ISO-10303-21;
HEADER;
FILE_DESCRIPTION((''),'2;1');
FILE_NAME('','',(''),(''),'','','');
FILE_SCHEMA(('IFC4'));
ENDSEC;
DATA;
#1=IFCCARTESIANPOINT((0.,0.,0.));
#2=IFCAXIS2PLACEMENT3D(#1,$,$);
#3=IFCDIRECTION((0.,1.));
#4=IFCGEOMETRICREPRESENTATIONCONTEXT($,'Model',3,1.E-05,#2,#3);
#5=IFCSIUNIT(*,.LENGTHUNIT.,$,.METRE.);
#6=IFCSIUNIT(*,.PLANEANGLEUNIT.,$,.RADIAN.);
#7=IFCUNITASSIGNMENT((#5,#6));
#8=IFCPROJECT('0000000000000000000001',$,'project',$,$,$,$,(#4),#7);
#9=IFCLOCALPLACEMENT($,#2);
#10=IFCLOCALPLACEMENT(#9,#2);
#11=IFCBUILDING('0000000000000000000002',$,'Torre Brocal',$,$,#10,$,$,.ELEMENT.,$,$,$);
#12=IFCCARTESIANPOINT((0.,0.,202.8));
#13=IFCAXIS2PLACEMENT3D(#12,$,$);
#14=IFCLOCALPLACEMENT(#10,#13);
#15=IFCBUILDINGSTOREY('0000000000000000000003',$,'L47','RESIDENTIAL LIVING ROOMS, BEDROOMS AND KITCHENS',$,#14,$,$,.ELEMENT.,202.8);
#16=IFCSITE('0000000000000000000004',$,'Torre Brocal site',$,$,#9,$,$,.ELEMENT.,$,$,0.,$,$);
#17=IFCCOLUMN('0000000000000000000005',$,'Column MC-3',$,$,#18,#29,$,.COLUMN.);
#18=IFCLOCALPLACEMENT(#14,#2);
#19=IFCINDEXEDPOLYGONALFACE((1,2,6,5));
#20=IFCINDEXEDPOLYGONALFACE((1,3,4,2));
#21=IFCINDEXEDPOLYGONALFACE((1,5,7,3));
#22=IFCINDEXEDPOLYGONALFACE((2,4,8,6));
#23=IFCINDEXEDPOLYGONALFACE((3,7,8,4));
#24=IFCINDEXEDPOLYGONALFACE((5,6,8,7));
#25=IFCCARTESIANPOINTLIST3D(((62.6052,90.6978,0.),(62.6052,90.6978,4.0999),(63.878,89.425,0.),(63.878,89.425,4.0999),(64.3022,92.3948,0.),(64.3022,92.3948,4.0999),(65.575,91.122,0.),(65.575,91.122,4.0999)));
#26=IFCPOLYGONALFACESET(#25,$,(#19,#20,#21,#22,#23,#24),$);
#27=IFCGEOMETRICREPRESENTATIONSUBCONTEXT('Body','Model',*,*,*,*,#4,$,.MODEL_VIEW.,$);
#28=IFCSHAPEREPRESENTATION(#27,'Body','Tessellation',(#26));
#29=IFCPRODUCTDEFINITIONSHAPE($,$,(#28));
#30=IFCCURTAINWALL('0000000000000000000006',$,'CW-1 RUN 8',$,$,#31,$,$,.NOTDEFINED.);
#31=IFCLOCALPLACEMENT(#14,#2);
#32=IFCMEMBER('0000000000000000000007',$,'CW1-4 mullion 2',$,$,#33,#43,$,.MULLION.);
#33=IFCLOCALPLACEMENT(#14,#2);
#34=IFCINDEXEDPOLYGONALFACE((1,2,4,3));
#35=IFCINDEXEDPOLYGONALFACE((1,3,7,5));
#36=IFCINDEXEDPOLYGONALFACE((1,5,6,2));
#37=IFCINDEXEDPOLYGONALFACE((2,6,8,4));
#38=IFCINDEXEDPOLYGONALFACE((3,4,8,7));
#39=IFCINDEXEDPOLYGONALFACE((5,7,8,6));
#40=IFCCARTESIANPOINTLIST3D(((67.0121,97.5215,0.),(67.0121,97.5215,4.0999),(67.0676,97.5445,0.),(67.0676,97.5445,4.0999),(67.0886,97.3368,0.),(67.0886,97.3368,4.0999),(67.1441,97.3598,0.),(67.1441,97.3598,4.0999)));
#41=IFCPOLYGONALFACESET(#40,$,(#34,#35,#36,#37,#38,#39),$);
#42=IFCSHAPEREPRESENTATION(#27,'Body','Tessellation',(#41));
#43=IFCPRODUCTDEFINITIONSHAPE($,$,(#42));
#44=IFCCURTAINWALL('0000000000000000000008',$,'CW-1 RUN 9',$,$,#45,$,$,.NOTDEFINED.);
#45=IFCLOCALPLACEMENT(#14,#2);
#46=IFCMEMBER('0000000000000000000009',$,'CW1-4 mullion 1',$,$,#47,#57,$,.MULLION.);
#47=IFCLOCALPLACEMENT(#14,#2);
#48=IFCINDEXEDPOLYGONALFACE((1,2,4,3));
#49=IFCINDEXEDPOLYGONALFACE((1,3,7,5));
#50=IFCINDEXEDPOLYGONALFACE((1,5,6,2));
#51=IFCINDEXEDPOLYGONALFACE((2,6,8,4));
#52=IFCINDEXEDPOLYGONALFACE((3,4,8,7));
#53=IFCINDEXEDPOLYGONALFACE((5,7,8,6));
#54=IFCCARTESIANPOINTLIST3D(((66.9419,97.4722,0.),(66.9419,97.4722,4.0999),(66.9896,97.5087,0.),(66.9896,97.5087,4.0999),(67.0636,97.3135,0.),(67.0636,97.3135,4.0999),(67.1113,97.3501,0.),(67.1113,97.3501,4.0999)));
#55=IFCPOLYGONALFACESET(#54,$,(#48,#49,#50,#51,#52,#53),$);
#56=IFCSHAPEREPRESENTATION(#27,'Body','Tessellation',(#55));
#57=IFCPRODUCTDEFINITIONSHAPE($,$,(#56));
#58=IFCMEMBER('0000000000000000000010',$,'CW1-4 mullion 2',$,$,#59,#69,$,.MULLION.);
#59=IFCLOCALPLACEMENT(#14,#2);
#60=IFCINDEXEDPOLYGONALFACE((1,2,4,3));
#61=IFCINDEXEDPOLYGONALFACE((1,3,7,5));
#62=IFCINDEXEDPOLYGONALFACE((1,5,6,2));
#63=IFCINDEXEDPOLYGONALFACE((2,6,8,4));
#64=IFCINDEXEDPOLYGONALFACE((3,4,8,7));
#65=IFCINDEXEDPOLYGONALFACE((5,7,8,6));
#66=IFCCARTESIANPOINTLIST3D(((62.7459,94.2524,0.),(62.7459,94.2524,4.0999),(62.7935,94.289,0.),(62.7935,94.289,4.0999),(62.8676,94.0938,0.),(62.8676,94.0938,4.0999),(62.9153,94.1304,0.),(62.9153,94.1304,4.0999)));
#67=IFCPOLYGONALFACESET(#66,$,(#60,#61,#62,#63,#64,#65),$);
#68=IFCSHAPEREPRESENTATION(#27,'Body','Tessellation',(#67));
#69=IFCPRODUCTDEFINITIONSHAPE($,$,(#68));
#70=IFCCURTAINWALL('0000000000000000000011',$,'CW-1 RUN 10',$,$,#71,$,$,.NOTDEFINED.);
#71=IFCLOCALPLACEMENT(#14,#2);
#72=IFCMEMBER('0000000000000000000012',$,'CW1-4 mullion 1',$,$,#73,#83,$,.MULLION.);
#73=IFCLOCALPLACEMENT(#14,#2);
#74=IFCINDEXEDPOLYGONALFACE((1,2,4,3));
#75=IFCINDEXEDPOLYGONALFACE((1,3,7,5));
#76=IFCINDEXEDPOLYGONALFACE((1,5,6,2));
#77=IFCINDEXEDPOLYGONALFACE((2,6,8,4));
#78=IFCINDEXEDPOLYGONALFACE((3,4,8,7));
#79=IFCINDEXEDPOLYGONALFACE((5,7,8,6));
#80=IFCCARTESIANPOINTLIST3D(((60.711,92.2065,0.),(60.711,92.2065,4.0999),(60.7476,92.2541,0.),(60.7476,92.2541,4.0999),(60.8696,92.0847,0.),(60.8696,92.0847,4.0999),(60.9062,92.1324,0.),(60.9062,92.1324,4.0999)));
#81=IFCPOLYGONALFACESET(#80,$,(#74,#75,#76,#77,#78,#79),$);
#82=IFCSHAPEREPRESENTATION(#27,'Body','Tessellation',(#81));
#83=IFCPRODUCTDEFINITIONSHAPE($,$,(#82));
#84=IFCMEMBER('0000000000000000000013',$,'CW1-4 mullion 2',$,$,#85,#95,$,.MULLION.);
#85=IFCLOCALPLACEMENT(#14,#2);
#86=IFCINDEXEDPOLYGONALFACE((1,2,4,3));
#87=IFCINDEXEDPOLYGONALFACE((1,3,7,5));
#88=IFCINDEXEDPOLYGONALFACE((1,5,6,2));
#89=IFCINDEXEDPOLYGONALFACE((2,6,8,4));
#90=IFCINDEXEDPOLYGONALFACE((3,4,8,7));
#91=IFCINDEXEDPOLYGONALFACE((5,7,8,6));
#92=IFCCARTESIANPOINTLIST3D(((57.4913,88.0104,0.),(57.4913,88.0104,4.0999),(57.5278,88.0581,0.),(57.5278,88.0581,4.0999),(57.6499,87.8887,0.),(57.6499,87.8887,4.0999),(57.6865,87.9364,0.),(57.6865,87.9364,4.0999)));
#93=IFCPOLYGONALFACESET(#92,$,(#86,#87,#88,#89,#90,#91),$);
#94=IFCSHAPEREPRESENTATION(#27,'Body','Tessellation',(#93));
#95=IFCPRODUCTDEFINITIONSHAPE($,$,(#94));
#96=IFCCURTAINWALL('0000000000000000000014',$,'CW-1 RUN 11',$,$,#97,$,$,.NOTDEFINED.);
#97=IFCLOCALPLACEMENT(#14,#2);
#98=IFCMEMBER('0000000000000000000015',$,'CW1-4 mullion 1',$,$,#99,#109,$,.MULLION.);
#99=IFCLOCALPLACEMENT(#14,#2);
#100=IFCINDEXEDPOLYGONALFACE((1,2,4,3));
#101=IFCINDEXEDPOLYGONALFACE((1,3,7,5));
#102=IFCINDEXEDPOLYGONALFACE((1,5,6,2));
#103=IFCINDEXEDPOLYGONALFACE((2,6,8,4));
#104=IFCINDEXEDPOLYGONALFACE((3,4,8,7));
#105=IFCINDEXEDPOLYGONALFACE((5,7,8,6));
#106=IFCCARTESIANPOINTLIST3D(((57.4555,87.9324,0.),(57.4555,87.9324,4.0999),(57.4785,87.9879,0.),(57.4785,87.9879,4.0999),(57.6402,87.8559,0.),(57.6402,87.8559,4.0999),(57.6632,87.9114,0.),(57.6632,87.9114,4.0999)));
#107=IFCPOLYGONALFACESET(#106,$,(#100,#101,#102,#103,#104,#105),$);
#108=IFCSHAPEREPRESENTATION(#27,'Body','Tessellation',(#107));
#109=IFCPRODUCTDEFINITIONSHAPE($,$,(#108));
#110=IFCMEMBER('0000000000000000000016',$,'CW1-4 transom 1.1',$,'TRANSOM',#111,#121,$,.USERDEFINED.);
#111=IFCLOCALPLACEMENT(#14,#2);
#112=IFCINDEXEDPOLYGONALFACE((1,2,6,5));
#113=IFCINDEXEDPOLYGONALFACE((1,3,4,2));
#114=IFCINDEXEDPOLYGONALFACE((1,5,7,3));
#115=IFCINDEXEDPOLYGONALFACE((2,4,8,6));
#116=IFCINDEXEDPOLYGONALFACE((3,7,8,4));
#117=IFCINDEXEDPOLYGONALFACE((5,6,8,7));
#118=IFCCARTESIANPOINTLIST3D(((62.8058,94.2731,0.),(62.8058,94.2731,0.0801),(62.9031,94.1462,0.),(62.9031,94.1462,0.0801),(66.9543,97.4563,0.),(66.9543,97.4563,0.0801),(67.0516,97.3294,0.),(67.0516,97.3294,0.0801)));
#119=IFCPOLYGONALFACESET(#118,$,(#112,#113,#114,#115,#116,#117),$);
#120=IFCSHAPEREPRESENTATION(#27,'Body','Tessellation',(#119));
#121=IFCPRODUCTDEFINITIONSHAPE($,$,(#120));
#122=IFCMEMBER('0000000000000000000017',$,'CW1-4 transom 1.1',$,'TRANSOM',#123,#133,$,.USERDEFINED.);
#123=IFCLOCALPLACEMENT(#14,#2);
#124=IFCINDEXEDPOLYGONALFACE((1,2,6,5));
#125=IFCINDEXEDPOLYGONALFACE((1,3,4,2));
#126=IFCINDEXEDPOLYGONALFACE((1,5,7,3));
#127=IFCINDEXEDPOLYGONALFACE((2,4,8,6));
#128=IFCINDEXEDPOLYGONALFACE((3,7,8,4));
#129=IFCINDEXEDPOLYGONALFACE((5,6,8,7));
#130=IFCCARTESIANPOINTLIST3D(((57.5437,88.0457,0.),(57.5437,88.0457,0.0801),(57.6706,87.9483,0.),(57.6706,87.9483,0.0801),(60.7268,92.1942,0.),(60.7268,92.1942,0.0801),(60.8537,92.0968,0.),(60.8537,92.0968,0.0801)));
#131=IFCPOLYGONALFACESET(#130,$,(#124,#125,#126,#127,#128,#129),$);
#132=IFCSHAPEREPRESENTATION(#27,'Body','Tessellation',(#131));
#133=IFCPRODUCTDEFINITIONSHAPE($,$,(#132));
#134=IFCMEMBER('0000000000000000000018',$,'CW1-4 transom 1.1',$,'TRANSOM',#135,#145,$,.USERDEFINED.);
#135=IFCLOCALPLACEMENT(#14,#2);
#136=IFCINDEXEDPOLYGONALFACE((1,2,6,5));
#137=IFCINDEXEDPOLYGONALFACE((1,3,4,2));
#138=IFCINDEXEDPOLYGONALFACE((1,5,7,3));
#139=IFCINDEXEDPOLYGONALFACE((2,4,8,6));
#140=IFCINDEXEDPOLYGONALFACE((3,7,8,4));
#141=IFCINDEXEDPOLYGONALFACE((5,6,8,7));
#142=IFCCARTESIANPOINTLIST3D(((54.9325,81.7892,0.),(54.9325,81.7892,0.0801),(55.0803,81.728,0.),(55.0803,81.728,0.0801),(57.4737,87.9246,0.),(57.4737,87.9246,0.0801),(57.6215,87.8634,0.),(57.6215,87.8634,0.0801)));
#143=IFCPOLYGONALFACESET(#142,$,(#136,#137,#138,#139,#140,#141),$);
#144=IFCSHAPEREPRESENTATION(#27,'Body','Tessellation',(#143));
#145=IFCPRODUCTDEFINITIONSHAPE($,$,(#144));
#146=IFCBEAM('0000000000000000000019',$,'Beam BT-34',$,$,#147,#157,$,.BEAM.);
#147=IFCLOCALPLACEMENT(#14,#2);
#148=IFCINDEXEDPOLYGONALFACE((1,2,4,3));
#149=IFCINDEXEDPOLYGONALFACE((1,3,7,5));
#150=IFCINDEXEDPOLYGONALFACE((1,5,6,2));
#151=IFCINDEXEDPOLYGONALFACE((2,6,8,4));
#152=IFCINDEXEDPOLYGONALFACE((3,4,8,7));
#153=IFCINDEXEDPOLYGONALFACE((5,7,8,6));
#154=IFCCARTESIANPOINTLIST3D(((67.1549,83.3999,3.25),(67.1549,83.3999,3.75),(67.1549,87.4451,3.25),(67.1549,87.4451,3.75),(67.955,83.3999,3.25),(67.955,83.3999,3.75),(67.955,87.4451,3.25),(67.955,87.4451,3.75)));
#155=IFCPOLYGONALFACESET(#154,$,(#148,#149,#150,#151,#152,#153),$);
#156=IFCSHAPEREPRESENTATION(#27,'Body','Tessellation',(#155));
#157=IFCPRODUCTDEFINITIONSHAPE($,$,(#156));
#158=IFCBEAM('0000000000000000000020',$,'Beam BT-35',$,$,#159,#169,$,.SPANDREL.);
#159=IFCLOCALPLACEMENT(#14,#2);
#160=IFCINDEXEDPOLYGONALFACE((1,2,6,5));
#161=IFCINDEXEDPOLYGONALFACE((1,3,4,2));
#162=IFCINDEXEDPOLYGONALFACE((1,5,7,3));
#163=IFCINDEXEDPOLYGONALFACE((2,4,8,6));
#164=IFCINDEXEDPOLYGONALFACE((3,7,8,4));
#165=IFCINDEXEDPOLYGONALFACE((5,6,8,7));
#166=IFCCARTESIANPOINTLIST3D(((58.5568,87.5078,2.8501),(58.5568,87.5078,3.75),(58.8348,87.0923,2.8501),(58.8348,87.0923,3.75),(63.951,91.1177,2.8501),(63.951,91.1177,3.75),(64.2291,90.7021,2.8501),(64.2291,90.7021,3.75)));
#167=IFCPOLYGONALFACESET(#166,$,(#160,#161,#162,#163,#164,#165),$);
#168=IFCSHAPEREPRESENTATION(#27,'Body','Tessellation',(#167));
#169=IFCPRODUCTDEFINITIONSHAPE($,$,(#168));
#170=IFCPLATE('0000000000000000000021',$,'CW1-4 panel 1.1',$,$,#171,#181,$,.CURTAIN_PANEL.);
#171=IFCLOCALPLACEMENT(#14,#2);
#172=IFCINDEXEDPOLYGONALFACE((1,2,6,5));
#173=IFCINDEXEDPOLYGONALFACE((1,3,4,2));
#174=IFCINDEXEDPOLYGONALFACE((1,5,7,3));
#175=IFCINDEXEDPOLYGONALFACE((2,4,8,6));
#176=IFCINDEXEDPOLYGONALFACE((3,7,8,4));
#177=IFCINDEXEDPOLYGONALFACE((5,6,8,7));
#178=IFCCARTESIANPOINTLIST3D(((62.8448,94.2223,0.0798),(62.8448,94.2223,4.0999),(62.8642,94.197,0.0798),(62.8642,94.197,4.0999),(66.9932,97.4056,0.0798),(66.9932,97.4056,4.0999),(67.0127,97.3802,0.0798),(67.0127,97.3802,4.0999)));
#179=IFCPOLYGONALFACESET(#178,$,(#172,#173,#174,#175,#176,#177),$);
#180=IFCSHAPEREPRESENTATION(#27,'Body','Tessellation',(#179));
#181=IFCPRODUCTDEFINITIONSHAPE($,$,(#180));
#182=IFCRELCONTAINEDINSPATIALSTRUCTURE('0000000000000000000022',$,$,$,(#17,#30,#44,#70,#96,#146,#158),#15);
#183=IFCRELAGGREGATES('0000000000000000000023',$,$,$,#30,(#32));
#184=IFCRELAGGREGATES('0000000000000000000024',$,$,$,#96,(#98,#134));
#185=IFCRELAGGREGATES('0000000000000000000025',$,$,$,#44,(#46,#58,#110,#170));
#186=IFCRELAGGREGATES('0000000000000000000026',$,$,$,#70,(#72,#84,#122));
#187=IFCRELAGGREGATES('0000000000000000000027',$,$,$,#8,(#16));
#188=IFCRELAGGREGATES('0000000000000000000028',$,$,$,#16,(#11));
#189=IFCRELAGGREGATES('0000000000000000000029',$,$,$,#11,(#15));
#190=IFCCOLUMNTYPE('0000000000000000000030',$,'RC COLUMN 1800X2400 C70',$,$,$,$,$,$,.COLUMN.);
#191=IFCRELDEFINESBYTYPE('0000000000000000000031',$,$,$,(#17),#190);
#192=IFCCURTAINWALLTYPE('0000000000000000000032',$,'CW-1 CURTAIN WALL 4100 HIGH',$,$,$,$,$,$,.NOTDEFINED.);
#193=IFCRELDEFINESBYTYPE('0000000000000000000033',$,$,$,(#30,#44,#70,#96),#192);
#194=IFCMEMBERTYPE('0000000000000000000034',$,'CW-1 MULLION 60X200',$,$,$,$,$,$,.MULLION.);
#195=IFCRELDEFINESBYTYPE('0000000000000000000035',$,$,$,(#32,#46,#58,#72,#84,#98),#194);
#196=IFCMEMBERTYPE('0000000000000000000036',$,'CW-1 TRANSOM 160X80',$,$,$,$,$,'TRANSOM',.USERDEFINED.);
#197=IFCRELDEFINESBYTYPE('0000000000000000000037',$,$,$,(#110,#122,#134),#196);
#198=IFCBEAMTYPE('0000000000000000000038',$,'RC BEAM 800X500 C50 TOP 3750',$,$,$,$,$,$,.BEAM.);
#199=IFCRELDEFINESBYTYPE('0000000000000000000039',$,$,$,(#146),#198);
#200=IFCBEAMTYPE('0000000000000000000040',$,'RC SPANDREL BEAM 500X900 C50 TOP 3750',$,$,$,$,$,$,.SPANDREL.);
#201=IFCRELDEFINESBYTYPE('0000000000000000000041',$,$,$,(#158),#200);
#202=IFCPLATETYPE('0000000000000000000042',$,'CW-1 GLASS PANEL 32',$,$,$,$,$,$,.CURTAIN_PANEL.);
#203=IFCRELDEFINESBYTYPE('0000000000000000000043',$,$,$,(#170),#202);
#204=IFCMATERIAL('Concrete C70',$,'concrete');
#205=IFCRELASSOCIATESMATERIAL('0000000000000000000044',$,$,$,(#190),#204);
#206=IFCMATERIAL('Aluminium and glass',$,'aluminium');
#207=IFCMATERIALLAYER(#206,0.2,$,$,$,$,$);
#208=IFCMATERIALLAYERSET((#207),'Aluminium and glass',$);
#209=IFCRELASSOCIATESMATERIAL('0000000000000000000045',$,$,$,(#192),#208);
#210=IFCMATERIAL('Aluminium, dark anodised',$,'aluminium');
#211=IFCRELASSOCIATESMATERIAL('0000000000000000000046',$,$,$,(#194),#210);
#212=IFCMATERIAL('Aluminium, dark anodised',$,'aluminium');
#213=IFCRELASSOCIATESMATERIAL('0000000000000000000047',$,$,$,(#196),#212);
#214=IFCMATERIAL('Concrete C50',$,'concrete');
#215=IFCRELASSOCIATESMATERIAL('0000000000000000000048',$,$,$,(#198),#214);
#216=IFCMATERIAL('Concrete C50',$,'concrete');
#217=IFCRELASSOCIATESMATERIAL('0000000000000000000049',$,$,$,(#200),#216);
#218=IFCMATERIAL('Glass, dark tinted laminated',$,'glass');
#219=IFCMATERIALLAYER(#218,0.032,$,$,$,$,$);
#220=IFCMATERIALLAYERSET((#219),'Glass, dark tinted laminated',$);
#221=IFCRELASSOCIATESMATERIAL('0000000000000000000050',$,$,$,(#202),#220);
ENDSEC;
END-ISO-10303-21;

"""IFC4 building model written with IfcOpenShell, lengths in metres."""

from ifc_helpers import new_model, si_unit, direction, frame, origin, origin_2d, place, context, subcontext, project, spatial, rectangle, extrude, material, layer, layer_set, material_profile, profile_set, type_object, element, aggregate, save


model = new_model("IFC4")

# Units and contexts
model_context = context("Model", 3, precision=1e-05, world=origin(), true_north=direction((0.0, 1.0)))
body_context = subcontext(model_context, "Body", "Model", "MODEL_VIEW")
ifc_project = project(units=[si_unit("LENGTHUNIT", "METRE"), si_unit("PLANEANGLEUNIT", "RADIAN")], contexts=[model_context])

# Site, building, storey
site_placement = place(None, origin())
site = spatial("IfcSite", under=ifc_project, at=site_placement, Name="Torre Brocal site", CompositionType="ELEMENT", RefElevation=0.0)
building_placement = place(site_placement, origin())
building = spatial("IfcBuilding", under=site, at=building_placement, Name="Torre Brocal", CompositionType="ELEMENT")
storey_placement = place(building_placement, frame((0.0, 0.0, 202.8)))
storey = spatial("IfcBuildingStorey", under=building, at=storey_placement, Name="L47", Description="RESIDENTIAL LIVING ROOMS, BEDROOMS AND KITCHENS", CompositionType="ELEMENT", Elevation=202.8)

# Column
ifc_material_1 = material(Name="Concrete C70", Category="concrete")
ifc_material_profile_1 = material_profile(ifc_material_1, rectangle(XDim=1.8, YDim=2.3999, at=origin_2d()), Name="RC 1800X2400")
ifc_profile_set_1 = profile_set([ifc_material_profile_1], Name="Concrete C70")
column_type = type_object("IfcColumnType", Name="RC COLUMN 1800X2400 C70", PredefinedType="COLUMN", material=ifc_profile_set_1)
column_placement = place(storey_placement, frame((64.0901, 90.9099, 0.0), z_axis=(0.0, 0.0, 1.0), x_axis=(-0.707107, 0.707107, 0.0)))
element("IfcColumn", 1, at=column_placement, inside=storey, type_object=column_type, Name="Column MC-3", PredefinedType="COLUMN", context=body_context, shape_type="SweptSolid", body=[
    extrude(rectangle(XDim=1.8, YDim=2.3999, at=origin_2d()), origin(), (0.0, 0.0, 1.0), 4.0999),
])

# Curtain wall, member
ifc_material_2 = material(Name="Aluminium and glass", Category="aluminium")
ifc_layer_1 = layer(ifc_material_2, 0.2)
ifc_layer_set_1 = layer_set([ifc_layer_1], Name="Aluminium and glass")
curtain_wall_type = type_object("IfcCurtainWallType", Name="CW-1 CURTAIN WALL 4100 HIGH", PredefinedType="NOTDEFINED", material=ifc_layer_set_1)
curtain_wall_1_placement = place(storey_placement, origin())
curtain_wall_1 = element("IfcCurtainWall", 2, at=curtain_wall_1_placement, inside=storey, type_object=curtain_wall_type, Name="CW-1 RUN 8", PredefinedType="NOTDEFINED")
ifc_material_3 = material(Name="Aluminium, dark anodised", Category="aluminium")
ifc_material_profile_2 = material_profile(ifc_material_3, rectangle(XDim=0.2, YDim=0.0601, at=origin_2d()), Name="CW-1 MULLION 60X200")
ifc_profile_set_2 = profile_set([ifc_material_profile_2], Name="Aluminium, dark anodised")
member_type_1 = type_object("IfcMemberType", Name="CW-1 MULLION 60X200", PredefinedType="MULLION", material=ifc_profile_set_2)
member_1_placement = place(storey_placement, frame((67.0781, 97.4407, 0.0), z_axis=(0.0, 0.0, 1.0), x_axis=(0.382683, -0.92388, 0.0)))
member_1 = element("IfcMember", 3, at=member_1_placement, type_object=member_type_1, Name="CW1-4 mullion 2", PredefinedType="MULLION", context=body_context, shape_type="SweptSolid", body=[
    extrude(rectangle(XDim=0.2, YDim=0.0601, at=origin_2d()), origin(), (0.0, 0.0, 1.0), 4.0999),
])
aggregate(curtain_wall_1, [member_1])

# Curtain walls, members
curtain_wall_2_placement = place(storey_placement, origin())
curtain_wall_2 = element("IfcCurtainWall", 4, at=curtain_wall_2_placement, inside=storey, type_object=curtain_wall_type, Name="CW-1 RUN 9", PredefinedType="NOTDEFINED")
member_2_placement = place(storey_placement, frame((67.0266, 97.4111, 0.0), z_axis=(0.0, 0.0, 1.0), x_axis=(0.608761, -0.793353, 0.0)))
member_2 = element("IfcMember", 5, at=member_2_placement, type_object=member_type_1, Name="CW1-4 mullion 1", PredefinedType="MULLION", context=body_context, shape_type="SweptSolid", body=[
    extrude(rectangle(XDim=0.2, YDim=0.0601, at=origin_2d()), origin(), (0.0, 0.0, 1.0), 4.0999),
])
member_3_placement = place(storey_placement, frame((62.8306, 94.1914, 0.0), z_axis=(0.0, 0.0, 1.0), x_axis=(0.608761, -0.793353, 0.0)))
member_3 = element("IfcMember", 6, at=member_3_placement, type_object=member_type_1, Name="CW1-4 mullion 2", PredefinedType="MULLION", context=body_context, shape_type="SweptSolid", body=[
    extrude(rectangle(XDim=0.2, YDim=0.0601, at=origin_2d()), origin(), (0.0, 0.0, 1.0), 4.0999),
])
curtain_wall_3_placement = place(storey_placement, origin())
curtain_wall_3 = element("IfcCurtainWall", 7, at=curtain_wall_3_placement, inside=storey, type_object=curtain_wall_type, Name="CW-1 RUN 10", PredefinedType="NOTDEFINED")
member_4_placement = place(storey_placement, frame((60.8086, 92.1694, 0.0), z_axis=(0.0, 0.0, 1.0), x_axis=(0.793353, -0.608761, 0.0)))
member_4 = element("IfcMember", 8, at=member_4_placement, type_object=member_type_1, Name="CW1-4 mullion 1", PredefinedType="MULLION", context=body_context, shape_type="SweptSolid", body=[
    extrude(rectangle(XDim=0.2, YDim=0.0601, at=origin_2d()), origin(), (0.0, 0.0, 1.0), 4.0999),
])
member_5_placement = place(storey_placement, frame((57.5889, 87.9734, 0.0), z_axis=(0.0, 0.0, 1.0), x_axis=(0.793353, -0.608761, 0.0)))
member_5 = element("IfcMember", 9, at=member_5_placement, type_object=member_type_1, Name="CW1-4 mullion 2", PredefinedType="MULLION", context=body_context, shape_type="SweptSolid", body=[
    extrude(rectangle(XDim=0.2, YDim=0.0601, at=origin_2d()), origin(), (0.0, 0.0, 1.0), 4.0999),
])

# Curtain wall, member
curtain_wall_4_placement = place(storey_placement, origin())
curtain_wall_4 = element("IfcCurtainWall", 10, at=curtain_wall_4_placement, inside=storey, type_object=curtain_wall_type, Name="CW-1 RUN 11", PredefinedType="NOTDEFINED")
member_6_placement = place(storey_placement, frame((57.5593, 87.9219, 0.0), z_axis=(0.0, 0.0, 1.0), x_axis=(0.92388, -0.382683, 0.0)))
member_6 = element("IfcMember", 11, at=member_6_placement, type_object=member_type_1, Name="CW1-4 mullion 1", PredefinedType="MULLION", context=body_context, shape_type="SweptSolid", body=[
    extrude(rectangle(XDim=0.2, YDim=0.0601, at=origin_2d()), origin(), (0.0, 0.0, 1.0), 4.0999),
])

# Members
ifc_material_4 = material(Name="Aluminium, dark anodised", Category="aluminium")
ifc_material_profile_3 = material_profile(ifc_material_4, rectangle(XDim=0.1599, YDim=0.0801, at=origin_2d()), Name="CW-1 TRANSOM 160X80")
ifc_profile_set_3 = profile_set([ifc_material_profile_3], Name="Aluminium, dark anodised")
member_type_2 = type_object("IfcMemberType", Name="CW-1 TRANSOM 160X80", ElementType="TRANSOM", PredefinedType="USERDEFINED", material=ifc_profile_set_3)
member_7_placement = place(storey_placement, frame((67.0029, 97.3928, 0.04), z_axis=(-0.793363, -0.608749, 0.0), x_axis=(0.608749, -0.793363, 0.0)))
member_7 = element("IfcMember", 12, at=member_7_placement, type_object=member_type_2, Name="CW1-4 transom 1.1", ObjectType="TRANSOM", PredefinedType="USERDEFINED", context=body_context, shape_type="SweptSolid", body=[
    extrude(rectangle(XDim=0.1599, YDim=0.0801, at=origin_2d()), origin(), (0.0, 0.0, 1.0), 5.229),
])
member_8_placement = place(storey_placement, frame((60.7903, 92.1455, 0.04), z_axis=(-0.608749, -0.793363, 0.0), x_axis=(0.793363, -0.608749, 0.0)))
member_8 = element("IfcMember", 13, at=member_8_placement, type_object=member_type_2, Name="CW1-4 transom 1.1", ObjectType="TRANSOM", PredefinedType="USERDEFINED", context=body_context, shape_type="SweptSolid", body=[
    extrude(rectangle(XDim=0.1599, YDim=0.0801, at=origin_2d()), origin(), (0.0, 0.0, 1.0), 5.229),
])
member_9_placement = place(storey_placement, frame((57.5476, 87.894, 0.04), z_axis=(-0.382665, -0.923887, 0.0), x_axis=(0.923887, -0.382665, 0.0)))
member_9 = element("IfcMember", 14, at=member_9_placement, type_object=member_type_2, Name="CW1-4 transom 1.1", ObjectType="TRANSOM", PredefinedType="USERDEFINED", context=body_context, shape_type="SweptSolid", body=[
    extrude(rectangle(XDim=0.1599, YDim=0.0801, at=origin_2d()), origin(), (0.0, 0.0, 1.0), 6.6409),
])
aggregate(curtain_wall_4, [member_6, member_9])

# Beams
ifc_material_5 = material(Name="Concrete C50", Category="concrete")
ifc_material_profile_4 = material_profile(ifc_material_5, rectangle(XDim=0.8, YDim=0.5, at=origin_2d()), Name="RC 800X500")
ifc_profile_set_4 = profile_set([ifc_material_profile_4], Name="Concrete C50")
beam_type_1 = type_object("IfcBeamType", Name="RC BEAM 800X500 C50 TOP 3750", PredefinedType="BEAM", material=ifc_profile_set_4)
beam_1_placement = place(storey_placement, frame((67.5549, 87.4451, 3.5), z_axis=(0.0, -1.0, 0.0), x_axis=(1.0, 0.0, 0.0)))
element("IfcBeam", 15, at=beam_1_placement, inside=storey, type_object=beam_type_1, Name="Beam BT-34", PredefinedType="BEAM", context=body_context, shape_type="SweptSolid", body=[
    extrude(rectangle(XDim=0.8, YDim=0.5, at=origin_2d()), origin(), (0.0, 0.0, 1.0), 4.0452),
])
ifc_material_6 = material(Name="Concrete C50", Category="concrete")
ifc_material_profile_5 = material_profile(ifc_material_6, rectangle(XDim=0.5, YDim=0.8999, at=origin_2d()), Name="RC 500X900")
ifc_profile_set_5 = profile_set([ifc_material_profile_5], Name="Concrete C50")
beam_type_2 = type_object("IfcBeamType", Name="RC SPANDREL BEAM 500X900 C50 TOP 3750", PredefinedType="SPANDREL", material=ifc_profile_set_5)
beam_2_placement = place(storey_placement, frame((64.0901, 90.9099, 3.3), z_axis=(-0.831077, -0.556158, 0.0), x_axis=(0.556158, -0.831077, 0.0)))
element("IfcBeam", 16, at=beam_2_placement, inside=storey, type_object=beam_type_2, Name="Beam BT-35", PredefinedType="SPANDREL", context=body_context, shape_type="SweptSolid", body=[
    extrude(rectangle(XDim=0.5, YDim=0.8999, at=origin_2d()), origin(), (0.0, 0.0, 1.0), 6.4907),
])

# Plate
ifc_material_7 = material(Name="Glass, dark tinted laminated", Category="glass")
ifc_layer_2 = layer(ifc_material_7, 0.032)
ifc_layer_set_2 = layer_set([ifc_layer_2], Name="Glass, dark tinted laminated")
plate_type = type_object("IfcPlateType", Name="CW-1 GLASS PANEL 32", PredefinedType="CURTAIN_PANEL", material=ifc_layer_set_2)
plate_1_placement = place(storey_placement, frame((64.9287, 95.8013, 0.0798), z_axis=(0.0, 0.0, 1.0), x_axis=(-0.793353, -0.608761, 0.0)))
plate_1 = element("IfcPlate", 17, at=plate_1_placement, type_object=plate_type, Name="CW1-4 panel 1.1", PredefinedType="CURTAIN_PANEL", context=body_context, shape_type="SweptSolid", body=[
    extrude(rectangle(XDim=5.229, YDim=0.032, at=origin_2d()), origin(), (0.0, 0.0, 1.0), 4.02),
])
aggregate(curtain_wall_2, [member_2, member_3, member_7, plate_1])
aggregate(curtain_wall_3, [member_4, member_5, member_8])

save(model, "model.ifc")
